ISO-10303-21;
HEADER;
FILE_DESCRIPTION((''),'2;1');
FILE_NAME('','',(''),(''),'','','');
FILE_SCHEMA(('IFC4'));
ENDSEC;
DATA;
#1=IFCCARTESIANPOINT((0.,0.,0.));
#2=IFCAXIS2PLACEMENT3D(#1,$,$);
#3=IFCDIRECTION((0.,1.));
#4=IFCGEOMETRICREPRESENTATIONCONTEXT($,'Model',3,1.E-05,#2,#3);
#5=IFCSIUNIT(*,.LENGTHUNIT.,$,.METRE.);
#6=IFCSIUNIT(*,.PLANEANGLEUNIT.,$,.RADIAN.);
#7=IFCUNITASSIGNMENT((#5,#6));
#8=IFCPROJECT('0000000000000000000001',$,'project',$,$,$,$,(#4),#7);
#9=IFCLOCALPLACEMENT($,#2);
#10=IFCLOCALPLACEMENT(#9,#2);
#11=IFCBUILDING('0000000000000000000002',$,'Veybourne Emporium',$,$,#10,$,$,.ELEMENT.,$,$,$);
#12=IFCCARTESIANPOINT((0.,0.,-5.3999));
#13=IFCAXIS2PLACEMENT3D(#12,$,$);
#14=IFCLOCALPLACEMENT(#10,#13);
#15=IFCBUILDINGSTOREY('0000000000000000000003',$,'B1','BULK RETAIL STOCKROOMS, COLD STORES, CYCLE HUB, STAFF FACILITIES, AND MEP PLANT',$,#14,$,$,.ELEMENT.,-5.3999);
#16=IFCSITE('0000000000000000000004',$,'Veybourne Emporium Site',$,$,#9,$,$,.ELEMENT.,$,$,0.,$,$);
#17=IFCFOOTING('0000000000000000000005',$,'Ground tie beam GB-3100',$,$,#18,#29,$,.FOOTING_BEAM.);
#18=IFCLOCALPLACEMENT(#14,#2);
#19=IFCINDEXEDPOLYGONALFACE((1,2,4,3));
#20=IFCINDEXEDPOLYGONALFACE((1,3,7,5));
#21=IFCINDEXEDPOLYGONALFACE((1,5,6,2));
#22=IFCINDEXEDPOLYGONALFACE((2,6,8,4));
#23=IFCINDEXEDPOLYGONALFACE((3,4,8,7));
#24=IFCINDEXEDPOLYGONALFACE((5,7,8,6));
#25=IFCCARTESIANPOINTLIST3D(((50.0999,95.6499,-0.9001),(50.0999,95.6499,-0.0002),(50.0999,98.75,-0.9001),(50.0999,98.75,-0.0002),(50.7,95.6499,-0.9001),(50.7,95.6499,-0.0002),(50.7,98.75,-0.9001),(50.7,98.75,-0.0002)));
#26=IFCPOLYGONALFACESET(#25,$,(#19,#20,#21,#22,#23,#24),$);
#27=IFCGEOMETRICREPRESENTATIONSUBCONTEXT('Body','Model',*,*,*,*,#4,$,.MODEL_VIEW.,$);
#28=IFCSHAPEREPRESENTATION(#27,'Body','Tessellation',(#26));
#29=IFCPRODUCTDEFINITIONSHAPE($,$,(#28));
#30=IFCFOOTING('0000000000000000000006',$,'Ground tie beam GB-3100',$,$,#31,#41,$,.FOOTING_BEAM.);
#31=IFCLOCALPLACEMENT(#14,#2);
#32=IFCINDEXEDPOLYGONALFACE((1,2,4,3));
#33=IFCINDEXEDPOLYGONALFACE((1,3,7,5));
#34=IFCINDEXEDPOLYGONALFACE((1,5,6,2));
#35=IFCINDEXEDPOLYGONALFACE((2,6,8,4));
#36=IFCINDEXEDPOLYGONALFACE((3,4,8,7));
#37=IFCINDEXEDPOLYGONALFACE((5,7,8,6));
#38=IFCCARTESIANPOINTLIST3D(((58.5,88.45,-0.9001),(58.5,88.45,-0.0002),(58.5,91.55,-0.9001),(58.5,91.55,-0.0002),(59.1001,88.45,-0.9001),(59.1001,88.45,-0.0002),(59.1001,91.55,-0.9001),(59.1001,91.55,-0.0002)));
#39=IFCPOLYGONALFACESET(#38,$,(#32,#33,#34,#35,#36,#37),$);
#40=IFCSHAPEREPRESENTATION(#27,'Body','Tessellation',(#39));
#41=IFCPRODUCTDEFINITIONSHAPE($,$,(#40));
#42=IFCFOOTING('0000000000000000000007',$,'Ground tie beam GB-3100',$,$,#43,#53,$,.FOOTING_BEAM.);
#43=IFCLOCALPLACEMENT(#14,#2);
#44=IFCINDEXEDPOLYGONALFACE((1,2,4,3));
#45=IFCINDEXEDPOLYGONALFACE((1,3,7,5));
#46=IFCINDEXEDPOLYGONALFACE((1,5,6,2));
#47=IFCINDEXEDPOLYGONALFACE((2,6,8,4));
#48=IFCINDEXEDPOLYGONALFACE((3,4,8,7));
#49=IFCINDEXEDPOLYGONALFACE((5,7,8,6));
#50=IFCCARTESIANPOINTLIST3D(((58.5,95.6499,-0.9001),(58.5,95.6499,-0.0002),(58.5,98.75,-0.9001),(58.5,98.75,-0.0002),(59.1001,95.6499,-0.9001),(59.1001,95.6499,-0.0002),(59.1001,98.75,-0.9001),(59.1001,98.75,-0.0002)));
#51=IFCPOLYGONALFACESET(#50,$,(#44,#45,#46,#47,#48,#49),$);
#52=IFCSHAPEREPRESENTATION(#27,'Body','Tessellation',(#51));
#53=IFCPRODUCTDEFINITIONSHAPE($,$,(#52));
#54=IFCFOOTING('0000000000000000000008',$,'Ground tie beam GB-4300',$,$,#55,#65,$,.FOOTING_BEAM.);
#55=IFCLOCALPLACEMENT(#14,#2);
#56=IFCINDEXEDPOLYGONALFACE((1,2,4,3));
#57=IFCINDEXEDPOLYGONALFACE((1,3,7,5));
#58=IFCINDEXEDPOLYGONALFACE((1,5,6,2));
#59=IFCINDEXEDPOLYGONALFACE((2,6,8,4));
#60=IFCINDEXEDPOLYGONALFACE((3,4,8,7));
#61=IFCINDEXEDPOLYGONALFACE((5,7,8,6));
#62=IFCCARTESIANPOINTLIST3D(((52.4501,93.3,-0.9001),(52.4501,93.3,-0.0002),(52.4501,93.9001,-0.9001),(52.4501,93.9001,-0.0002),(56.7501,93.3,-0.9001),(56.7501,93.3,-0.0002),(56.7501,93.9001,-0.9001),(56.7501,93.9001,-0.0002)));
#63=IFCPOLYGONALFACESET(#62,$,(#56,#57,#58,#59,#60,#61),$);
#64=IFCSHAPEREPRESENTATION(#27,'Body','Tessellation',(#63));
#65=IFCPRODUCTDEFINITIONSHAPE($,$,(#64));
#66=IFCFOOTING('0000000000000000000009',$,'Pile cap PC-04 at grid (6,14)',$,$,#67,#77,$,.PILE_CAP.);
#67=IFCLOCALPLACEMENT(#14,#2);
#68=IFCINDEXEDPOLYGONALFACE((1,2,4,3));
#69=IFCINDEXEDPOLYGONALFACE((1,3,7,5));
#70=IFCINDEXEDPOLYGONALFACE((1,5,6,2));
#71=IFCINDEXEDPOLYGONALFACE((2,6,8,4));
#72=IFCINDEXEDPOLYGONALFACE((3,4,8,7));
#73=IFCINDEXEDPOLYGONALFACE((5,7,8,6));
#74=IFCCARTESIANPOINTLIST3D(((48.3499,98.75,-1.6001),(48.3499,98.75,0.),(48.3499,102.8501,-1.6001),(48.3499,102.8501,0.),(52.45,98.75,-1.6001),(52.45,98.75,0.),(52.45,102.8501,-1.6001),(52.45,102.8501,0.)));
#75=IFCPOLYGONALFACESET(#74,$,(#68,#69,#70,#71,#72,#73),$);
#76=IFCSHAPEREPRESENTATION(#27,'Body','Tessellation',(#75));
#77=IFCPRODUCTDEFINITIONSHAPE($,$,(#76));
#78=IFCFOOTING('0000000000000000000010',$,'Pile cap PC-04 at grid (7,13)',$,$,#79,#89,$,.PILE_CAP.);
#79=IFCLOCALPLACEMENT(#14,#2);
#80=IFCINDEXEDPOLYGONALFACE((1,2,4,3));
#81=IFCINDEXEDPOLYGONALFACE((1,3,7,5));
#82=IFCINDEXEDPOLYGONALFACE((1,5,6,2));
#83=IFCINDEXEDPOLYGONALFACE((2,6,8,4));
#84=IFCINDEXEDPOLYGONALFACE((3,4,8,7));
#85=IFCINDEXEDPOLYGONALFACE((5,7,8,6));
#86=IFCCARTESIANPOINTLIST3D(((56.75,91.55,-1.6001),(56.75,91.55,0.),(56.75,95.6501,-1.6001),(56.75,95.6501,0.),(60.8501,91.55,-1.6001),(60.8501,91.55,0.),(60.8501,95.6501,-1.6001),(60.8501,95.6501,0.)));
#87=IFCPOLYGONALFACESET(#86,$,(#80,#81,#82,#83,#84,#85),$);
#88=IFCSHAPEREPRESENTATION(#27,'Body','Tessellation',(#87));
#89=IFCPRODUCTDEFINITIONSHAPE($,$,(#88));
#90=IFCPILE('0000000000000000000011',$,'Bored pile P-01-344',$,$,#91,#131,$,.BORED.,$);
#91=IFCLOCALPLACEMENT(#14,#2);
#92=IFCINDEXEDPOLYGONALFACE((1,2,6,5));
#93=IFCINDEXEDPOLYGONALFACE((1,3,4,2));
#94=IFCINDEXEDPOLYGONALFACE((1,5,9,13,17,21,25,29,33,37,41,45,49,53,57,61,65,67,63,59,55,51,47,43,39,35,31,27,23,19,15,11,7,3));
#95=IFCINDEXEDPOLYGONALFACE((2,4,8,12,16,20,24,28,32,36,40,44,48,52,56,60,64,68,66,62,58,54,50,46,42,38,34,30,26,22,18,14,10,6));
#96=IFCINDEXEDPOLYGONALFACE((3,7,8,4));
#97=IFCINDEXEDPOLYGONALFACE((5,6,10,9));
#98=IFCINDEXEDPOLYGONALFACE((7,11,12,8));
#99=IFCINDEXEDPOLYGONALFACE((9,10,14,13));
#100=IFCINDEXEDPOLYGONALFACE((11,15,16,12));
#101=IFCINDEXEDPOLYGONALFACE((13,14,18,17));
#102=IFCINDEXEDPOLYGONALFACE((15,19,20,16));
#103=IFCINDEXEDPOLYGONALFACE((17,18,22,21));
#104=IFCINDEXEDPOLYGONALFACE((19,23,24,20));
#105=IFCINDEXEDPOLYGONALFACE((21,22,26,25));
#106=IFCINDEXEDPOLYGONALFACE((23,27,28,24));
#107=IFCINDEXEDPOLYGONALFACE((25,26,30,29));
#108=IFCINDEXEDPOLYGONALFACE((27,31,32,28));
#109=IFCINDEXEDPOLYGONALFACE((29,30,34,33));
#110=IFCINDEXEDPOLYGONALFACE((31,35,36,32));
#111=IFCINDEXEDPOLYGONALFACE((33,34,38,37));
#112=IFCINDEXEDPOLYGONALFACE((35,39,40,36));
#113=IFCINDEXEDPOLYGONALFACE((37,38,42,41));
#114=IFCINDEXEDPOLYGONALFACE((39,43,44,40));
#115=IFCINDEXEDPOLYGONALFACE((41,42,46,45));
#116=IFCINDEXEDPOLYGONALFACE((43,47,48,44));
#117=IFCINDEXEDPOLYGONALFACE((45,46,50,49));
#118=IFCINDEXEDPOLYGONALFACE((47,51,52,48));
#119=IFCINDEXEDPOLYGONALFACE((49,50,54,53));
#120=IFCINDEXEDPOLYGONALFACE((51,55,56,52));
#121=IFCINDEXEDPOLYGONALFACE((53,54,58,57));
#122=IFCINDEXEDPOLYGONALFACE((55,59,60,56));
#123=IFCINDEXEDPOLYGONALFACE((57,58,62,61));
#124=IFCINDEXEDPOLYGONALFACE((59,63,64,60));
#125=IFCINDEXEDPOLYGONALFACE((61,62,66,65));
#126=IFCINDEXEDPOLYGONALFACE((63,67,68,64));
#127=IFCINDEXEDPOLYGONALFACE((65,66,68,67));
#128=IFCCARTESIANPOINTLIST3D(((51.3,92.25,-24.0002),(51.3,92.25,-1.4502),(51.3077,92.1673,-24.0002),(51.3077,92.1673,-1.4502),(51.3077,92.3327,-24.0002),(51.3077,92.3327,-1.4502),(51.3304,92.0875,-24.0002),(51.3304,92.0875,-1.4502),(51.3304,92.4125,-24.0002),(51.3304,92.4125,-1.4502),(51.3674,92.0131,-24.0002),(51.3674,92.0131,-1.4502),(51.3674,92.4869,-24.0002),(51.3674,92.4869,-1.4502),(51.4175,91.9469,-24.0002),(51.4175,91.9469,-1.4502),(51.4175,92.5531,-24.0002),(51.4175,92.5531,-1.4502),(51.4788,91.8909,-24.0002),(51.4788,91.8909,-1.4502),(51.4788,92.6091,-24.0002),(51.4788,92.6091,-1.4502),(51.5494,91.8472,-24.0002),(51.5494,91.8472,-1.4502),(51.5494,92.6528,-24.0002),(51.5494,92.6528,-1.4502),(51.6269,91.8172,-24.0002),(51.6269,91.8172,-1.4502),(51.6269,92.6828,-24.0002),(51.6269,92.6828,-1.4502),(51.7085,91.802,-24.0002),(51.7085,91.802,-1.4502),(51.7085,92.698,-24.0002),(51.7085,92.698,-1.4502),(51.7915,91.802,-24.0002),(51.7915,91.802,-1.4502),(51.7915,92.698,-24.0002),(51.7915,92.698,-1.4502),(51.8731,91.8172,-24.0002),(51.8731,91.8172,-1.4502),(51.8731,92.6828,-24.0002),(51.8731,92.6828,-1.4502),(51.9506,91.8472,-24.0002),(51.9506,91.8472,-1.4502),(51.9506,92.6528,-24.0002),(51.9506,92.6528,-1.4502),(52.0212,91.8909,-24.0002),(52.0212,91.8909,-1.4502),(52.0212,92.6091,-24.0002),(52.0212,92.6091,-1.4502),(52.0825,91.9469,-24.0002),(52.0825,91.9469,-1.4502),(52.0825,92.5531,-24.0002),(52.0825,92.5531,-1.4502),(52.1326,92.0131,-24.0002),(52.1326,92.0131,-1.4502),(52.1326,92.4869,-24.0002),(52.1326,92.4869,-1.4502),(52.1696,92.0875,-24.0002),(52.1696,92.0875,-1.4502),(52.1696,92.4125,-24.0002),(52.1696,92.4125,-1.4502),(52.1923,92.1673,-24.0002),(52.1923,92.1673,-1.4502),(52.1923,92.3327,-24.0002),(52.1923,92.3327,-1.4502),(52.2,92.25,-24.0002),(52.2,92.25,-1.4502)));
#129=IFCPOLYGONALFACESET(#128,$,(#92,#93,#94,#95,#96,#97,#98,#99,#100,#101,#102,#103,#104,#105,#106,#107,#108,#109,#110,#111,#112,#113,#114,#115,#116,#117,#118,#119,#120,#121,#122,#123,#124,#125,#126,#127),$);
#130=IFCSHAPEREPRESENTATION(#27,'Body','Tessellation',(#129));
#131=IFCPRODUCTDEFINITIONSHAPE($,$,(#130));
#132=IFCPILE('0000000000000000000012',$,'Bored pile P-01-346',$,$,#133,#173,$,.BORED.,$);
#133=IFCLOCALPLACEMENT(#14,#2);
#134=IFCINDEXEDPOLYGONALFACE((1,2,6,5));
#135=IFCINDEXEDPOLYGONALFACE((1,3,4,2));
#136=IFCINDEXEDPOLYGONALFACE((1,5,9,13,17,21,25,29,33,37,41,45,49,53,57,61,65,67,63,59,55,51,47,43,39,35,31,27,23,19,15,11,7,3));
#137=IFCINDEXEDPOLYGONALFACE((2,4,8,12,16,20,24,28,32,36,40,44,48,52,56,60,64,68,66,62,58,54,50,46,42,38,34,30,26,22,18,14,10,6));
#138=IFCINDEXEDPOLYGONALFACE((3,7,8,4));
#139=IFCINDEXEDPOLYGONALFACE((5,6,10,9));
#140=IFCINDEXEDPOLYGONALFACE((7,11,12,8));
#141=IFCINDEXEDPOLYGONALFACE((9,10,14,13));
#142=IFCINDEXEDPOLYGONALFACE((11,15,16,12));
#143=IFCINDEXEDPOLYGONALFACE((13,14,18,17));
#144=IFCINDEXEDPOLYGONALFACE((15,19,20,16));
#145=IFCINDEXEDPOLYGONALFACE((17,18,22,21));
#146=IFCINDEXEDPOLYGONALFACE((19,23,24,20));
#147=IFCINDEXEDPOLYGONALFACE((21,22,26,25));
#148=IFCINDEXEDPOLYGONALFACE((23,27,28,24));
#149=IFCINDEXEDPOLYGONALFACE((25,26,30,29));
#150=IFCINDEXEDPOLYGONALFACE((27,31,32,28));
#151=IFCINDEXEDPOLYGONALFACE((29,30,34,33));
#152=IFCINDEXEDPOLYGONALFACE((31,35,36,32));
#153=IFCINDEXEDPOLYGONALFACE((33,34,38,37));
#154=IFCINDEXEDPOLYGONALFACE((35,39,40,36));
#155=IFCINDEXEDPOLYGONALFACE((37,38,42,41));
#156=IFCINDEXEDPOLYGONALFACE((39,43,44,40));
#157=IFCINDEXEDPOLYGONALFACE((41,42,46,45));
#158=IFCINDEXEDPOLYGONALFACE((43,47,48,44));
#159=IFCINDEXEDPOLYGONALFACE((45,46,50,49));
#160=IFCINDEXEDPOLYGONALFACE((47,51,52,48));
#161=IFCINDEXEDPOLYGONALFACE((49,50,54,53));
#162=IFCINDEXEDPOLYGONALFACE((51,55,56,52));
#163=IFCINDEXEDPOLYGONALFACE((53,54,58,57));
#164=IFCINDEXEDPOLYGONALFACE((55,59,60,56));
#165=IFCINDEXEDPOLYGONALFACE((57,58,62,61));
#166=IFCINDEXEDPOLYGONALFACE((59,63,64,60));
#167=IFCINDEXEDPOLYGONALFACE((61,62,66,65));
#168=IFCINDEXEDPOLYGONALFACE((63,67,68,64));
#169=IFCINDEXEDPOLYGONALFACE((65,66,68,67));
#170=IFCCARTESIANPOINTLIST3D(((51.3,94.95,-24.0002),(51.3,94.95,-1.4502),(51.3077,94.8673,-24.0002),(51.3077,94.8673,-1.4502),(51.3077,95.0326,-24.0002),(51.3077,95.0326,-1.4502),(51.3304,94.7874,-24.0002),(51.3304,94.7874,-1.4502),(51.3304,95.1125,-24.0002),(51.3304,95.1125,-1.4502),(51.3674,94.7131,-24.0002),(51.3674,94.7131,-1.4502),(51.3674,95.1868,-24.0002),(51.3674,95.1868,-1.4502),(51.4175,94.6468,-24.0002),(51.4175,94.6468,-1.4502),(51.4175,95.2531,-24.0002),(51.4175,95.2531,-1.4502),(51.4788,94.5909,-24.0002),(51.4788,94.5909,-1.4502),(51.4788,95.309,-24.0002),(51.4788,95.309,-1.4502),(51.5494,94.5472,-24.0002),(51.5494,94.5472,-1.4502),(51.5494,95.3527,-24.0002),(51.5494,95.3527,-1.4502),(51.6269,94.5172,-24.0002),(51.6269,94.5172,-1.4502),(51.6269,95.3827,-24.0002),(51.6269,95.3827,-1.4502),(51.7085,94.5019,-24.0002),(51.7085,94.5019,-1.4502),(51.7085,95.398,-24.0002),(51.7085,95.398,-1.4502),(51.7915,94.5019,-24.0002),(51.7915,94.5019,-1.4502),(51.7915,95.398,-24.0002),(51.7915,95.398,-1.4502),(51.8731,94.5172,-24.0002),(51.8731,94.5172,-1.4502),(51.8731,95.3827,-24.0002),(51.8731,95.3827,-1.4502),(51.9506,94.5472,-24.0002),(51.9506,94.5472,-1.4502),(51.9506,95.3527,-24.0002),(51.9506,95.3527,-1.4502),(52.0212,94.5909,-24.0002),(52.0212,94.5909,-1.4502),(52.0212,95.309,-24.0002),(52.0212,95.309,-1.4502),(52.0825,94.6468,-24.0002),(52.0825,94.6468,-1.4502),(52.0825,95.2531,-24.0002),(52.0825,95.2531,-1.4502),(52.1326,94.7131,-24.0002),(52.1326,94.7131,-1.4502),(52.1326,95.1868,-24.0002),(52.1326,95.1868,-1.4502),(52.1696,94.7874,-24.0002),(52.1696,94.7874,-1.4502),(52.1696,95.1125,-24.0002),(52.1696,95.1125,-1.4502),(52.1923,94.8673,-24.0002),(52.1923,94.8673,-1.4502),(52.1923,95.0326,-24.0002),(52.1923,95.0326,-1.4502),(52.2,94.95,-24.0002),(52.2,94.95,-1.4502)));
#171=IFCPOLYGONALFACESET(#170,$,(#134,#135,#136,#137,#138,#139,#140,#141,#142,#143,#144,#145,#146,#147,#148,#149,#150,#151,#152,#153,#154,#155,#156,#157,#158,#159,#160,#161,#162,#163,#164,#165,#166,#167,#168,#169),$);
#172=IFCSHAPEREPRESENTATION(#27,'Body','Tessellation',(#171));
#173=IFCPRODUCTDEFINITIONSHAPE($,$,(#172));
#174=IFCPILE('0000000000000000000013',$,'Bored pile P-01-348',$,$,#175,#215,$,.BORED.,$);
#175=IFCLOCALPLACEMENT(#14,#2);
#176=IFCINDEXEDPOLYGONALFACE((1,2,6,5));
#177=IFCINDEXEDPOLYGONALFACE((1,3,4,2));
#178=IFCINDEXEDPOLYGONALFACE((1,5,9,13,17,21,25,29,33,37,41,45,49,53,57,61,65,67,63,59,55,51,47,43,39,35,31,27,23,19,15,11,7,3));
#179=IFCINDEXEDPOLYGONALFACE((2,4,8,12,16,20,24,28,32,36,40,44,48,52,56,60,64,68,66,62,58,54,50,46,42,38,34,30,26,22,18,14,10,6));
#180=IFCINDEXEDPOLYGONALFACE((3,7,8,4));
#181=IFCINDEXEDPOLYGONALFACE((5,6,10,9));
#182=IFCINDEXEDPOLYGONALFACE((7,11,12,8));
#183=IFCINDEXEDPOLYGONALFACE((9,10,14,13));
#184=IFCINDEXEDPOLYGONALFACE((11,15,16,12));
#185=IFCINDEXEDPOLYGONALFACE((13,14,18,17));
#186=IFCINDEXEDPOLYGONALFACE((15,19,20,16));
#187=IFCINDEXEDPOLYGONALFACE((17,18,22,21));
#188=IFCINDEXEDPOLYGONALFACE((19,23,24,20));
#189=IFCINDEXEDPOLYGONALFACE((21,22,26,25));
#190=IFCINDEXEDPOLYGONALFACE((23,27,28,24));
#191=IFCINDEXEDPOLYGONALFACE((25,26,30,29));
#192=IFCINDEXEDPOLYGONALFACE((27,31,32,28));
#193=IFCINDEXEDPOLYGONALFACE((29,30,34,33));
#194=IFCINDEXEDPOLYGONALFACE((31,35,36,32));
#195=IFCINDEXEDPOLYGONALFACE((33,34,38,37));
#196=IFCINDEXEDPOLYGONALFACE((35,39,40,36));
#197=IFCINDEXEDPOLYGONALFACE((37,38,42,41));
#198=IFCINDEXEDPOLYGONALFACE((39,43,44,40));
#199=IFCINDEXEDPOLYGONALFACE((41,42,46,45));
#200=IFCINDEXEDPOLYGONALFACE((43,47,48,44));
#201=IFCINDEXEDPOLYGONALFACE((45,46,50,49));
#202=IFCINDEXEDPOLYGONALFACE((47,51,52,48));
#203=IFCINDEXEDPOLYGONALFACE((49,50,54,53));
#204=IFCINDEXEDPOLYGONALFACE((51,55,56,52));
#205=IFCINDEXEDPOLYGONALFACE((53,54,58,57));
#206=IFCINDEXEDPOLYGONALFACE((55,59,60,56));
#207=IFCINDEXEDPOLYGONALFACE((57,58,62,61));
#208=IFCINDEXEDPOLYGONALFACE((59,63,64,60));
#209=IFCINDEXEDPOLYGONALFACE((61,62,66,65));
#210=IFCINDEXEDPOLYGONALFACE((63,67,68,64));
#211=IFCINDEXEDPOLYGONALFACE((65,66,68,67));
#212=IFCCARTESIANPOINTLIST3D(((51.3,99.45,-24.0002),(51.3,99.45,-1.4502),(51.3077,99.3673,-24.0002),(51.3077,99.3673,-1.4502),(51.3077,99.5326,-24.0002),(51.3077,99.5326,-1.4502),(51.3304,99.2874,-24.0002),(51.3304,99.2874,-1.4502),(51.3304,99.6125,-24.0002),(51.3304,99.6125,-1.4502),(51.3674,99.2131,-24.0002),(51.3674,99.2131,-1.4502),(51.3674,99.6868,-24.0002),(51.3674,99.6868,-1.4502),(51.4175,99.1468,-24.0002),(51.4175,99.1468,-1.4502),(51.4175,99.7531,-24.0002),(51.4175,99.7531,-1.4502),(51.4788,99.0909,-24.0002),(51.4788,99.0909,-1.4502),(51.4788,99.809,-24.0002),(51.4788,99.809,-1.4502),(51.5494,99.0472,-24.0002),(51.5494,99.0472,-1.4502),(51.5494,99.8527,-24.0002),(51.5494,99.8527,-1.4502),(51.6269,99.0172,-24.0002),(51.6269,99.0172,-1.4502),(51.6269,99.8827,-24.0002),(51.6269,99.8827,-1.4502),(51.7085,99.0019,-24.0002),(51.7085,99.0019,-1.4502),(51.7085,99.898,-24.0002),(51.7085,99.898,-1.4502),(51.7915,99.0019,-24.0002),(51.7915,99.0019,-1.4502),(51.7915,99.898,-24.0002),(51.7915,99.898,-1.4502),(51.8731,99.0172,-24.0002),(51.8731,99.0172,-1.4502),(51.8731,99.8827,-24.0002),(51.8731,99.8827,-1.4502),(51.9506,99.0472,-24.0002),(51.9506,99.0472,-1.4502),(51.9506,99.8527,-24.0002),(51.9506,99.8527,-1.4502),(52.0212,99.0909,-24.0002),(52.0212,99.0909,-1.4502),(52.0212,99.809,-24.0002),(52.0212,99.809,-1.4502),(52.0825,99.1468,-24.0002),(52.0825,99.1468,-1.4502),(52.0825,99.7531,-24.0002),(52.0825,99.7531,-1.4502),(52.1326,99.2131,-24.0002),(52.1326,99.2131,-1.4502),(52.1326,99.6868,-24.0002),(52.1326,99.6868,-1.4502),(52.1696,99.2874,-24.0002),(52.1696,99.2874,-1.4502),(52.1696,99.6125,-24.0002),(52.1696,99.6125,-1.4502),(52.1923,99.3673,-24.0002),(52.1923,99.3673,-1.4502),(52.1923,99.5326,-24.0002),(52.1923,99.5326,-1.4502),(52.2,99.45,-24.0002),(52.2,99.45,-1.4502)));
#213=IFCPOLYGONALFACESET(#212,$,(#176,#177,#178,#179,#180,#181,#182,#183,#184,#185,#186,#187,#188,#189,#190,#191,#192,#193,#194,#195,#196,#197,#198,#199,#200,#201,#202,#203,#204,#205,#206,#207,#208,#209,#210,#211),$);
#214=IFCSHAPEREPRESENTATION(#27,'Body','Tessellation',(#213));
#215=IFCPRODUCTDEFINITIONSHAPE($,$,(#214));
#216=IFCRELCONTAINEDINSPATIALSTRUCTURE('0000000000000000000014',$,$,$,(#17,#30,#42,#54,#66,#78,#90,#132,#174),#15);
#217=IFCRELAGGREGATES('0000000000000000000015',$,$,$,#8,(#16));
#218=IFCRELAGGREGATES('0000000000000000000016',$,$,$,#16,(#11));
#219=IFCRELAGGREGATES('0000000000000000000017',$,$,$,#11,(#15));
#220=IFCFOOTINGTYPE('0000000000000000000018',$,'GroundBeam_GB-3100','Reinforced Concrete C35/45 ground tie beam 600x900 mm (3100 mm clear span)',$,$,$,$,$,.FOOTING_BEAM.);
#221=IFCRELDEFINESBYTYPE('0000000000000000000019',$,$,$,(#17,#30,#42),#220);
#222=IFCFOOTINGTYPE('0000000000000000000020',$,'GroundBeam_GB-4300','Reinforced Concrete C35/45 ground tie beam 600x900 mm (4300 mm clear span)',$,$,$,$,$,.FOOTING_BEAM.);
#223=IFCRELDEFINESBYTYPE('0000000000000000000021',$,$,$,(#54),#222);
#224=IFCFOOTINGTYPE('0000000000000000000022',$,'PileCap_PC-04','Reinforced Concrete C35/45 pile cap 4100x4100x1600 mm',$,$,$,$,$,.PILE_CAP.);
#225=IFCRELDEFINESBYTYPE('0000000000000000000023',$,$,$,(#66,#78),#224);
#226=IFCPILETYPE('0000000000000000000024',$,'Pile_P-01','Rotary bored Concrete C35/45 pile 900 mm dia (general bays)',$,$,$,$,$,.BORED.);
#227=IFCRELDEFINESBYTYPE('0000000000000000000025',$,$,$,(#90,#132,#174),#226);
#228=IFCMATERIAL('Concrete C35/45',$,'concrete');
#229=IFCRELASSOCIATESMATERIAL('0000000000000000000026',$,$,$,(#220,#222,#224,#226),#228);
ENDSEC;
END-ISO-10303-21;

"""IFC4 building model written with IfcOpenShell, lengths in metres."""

from ifc_helpers import new_model, si_unit, direction, frame, origin, origin_2d, place, context, subcontext, project, spatial, rectangle, circle, extrude, material, material_profile, profile_set, type_object, element, save


model = new_model("IFC4")

# Units and contexts
model_context = context("Model", 3, precision=1e-05, world=origin(), true_north=direction((0.0, 1.0)))
body_context = subcontext(model_context, "Body", "Model", "MODEL_VIEW")
ifc_project = project(units=[si_unit("LENGTHUNIT", "METRE"), si_unit("PLANEANGLEUNIT", "RADIAN")], contexts=[model_context])

# Site, building, storey
site_placement = place(None, origin())
site = spatial("IfcSite", under=ifc_project, at=site_placement, Name="Veybourne Emporium Site", CompositionType="ELEMENT", RefElevation=0.0)
building_placement = place(site_placement, origin())
building = spatial("IfcBuilding", under=site, at=building_placement, Name="Veybourne Emporium", CompositionType="ELEMENT")
storey_placement = place(building_placement, frame((0.0, 0.0, -5.3999)))
storey = spatial("IfcBuildingStorey", under=building, at=storey_placement, Name="B1", Description="BULK RETAIL STOCKROOMS, COLD STORES, CYCLE HUB, STAFF FACILITIES, AND MEP PLANT", CompositionType="ELEMENT", Elevation=-5.3999)

# Footings
ifc_material_1 = material(Name="Concrete C35/45", Category="concrete")
footing_type_1 = type_object("IfcFootingType", Name="GroundBeam_GB-3100", Description="Reinforced Concrete C35/45 ground tie beam 600x900 mm (3100 mm clear span)", PredefinedType="FOOTING_BEAM", material=ifc_material_1)
for number, where, z_axis, x_axis, name in (
    (1, (50.3999, 97.2, -0.9001), (0.0, 0.0, 1.0), (0.0, 1.0, 0.0), "Ground tie beam GB-3100"),
    (2, (58.8, 90.0, -0.9001), (0.0, 0.0, 1.0), (0.0, 1.0, 0.0), "Ground tie beam GB-3100"),
    (3, (58.8, 97.2, -0.9001), (0.0, 0.0, 1.0), (0.0, 1.0, 0.0), "Ground tie beam GB-3100"),
):
    element("IfcFooting", number, at=place(storey_placement, frame(where, z_axis=z_axis, x_axis=x_axis)), inside=storey, type_object=footing_type_1, Name=name, PredefinedType="FOOTING_BEAM", context=body_context, shape_type="SweptSolid", body=[
        extrude(rectangle(XDim=3.1001, YDim=0.6001, at=origin_2d()), origin(), (0.0, 0.0, 1.0), 0.8999),
    ])
footing_type_2 = type_object("IfcFootingType", Name="GroundBeam_GB-4300", Description="Reinforced Concrete C35/45 ground tie beam 600x900 mm (4300 mm clear span)", PredefinedType="FOOTING_BEAM", material=ifc_material_1)
footing_placement = place(storey_placement, frame((54.6001, 93.6001, -0.9001), z_axis=(0.0, 0.0, 1.0), x_axis=(1.0, 0.0, 0.0)))
element("IfcFooting", 4, at=footing_placement, inside=storey, type_object=footing_type_2, Name="Ground tie beam GB-4300", PredefinedType="FOOTING_BEAM", context=body_context, shape_type="SweptSolid", body=[
    extrude(rectangle(XDim=4.3, YDim=0.6001, at=origin_2d()), origin(), (0.0, 0.0, 1.0), 0.8999),
])
footing_type_3 = type_object("IfcFootingType", Name="PileCap_PC-04", Description="Reinforced Concrete C35/45 pile cap 4100x4100x1600 mm", PredefinedType="PILE_CAP", material=ifc_material_1)
for number, where, z_axis, x_axis, name in (
    (5, (50.3999, 100.8, -1.6001), (0.0, 0.0, 1.0), (1.0, 0.0, 0.0), "Pile cap PC-04 at grid (6,14)"),
    (6, (58.8, 93.6001, -1.6001), (0.0, 0.0, 1.0), (1.0, 0.0, 0.0), "Pile cap PC-04 at grid (7,13)"),
):
    element("IfcFooting", number, at=place(storey_placement, frame(where, z_axis=z_axis, x_axis=x_axis)), inside=storey, type_object=footing_type_3, Name=name, PredefinedType="PILE_CAP", context=body_context, shape_type="SweptSolid", body=[
        extrude(rectangle(XDim=4.1001, YDim=4.1001, at=origin_2d()), origin(), (0.0, 0.0, 1.0), 1.6001),
    ])

# Piles
ifc_material_profile_1 = material_profile(ifc_material_1, circle(Radius=0.45, at=origin_2d()), Name="BORED PILE 900")
ifc_profile_set_1 = profile_set([ifc_material_profile_1], Name="Concrete C35/45")
pile_type = type_object("IfcPileType", Name="Pile_P-01", Description="Rotary bored Concrete C35/45 pile 900 mm dia (general bays)", PredefinedType="BORED", material=ifc_profile_set_1)
for number, where, z_axis, x_axis, name in (
    (7, (51.75, 92.25, -1.4502), (0.0, 0.0, -1.0), (1.0, 0.0, 0.0), "Bored pile P-01-344"),
    (8, (51.75, 94.95, -1.4502), (0.0, 0.0, -1.0), (1.0, 0.0, 0.0), "Bored pile P-01-346"),
    (9, (51.75, 99.45, -1.4502), (0.0, 0.0, -1.0), (1.0, 0.0, 0.0), "Bored pile P-01-348"),
):
    element("IfcPile", number, at=place(storey_placement, frame(where, z_axis=z_axis, x_axis=x_axis)), inside=storey, type_object=pile_type, Name=name, PredefinedType="BORED", context=body_context, shape_type="SweptSolid", body=[
        extrude(circle(Radius=0.45, at=origin_2d()), origin(), (0.0, 0.0, 1.0), 22.55),
    ])

save(model, "model.ifc")
